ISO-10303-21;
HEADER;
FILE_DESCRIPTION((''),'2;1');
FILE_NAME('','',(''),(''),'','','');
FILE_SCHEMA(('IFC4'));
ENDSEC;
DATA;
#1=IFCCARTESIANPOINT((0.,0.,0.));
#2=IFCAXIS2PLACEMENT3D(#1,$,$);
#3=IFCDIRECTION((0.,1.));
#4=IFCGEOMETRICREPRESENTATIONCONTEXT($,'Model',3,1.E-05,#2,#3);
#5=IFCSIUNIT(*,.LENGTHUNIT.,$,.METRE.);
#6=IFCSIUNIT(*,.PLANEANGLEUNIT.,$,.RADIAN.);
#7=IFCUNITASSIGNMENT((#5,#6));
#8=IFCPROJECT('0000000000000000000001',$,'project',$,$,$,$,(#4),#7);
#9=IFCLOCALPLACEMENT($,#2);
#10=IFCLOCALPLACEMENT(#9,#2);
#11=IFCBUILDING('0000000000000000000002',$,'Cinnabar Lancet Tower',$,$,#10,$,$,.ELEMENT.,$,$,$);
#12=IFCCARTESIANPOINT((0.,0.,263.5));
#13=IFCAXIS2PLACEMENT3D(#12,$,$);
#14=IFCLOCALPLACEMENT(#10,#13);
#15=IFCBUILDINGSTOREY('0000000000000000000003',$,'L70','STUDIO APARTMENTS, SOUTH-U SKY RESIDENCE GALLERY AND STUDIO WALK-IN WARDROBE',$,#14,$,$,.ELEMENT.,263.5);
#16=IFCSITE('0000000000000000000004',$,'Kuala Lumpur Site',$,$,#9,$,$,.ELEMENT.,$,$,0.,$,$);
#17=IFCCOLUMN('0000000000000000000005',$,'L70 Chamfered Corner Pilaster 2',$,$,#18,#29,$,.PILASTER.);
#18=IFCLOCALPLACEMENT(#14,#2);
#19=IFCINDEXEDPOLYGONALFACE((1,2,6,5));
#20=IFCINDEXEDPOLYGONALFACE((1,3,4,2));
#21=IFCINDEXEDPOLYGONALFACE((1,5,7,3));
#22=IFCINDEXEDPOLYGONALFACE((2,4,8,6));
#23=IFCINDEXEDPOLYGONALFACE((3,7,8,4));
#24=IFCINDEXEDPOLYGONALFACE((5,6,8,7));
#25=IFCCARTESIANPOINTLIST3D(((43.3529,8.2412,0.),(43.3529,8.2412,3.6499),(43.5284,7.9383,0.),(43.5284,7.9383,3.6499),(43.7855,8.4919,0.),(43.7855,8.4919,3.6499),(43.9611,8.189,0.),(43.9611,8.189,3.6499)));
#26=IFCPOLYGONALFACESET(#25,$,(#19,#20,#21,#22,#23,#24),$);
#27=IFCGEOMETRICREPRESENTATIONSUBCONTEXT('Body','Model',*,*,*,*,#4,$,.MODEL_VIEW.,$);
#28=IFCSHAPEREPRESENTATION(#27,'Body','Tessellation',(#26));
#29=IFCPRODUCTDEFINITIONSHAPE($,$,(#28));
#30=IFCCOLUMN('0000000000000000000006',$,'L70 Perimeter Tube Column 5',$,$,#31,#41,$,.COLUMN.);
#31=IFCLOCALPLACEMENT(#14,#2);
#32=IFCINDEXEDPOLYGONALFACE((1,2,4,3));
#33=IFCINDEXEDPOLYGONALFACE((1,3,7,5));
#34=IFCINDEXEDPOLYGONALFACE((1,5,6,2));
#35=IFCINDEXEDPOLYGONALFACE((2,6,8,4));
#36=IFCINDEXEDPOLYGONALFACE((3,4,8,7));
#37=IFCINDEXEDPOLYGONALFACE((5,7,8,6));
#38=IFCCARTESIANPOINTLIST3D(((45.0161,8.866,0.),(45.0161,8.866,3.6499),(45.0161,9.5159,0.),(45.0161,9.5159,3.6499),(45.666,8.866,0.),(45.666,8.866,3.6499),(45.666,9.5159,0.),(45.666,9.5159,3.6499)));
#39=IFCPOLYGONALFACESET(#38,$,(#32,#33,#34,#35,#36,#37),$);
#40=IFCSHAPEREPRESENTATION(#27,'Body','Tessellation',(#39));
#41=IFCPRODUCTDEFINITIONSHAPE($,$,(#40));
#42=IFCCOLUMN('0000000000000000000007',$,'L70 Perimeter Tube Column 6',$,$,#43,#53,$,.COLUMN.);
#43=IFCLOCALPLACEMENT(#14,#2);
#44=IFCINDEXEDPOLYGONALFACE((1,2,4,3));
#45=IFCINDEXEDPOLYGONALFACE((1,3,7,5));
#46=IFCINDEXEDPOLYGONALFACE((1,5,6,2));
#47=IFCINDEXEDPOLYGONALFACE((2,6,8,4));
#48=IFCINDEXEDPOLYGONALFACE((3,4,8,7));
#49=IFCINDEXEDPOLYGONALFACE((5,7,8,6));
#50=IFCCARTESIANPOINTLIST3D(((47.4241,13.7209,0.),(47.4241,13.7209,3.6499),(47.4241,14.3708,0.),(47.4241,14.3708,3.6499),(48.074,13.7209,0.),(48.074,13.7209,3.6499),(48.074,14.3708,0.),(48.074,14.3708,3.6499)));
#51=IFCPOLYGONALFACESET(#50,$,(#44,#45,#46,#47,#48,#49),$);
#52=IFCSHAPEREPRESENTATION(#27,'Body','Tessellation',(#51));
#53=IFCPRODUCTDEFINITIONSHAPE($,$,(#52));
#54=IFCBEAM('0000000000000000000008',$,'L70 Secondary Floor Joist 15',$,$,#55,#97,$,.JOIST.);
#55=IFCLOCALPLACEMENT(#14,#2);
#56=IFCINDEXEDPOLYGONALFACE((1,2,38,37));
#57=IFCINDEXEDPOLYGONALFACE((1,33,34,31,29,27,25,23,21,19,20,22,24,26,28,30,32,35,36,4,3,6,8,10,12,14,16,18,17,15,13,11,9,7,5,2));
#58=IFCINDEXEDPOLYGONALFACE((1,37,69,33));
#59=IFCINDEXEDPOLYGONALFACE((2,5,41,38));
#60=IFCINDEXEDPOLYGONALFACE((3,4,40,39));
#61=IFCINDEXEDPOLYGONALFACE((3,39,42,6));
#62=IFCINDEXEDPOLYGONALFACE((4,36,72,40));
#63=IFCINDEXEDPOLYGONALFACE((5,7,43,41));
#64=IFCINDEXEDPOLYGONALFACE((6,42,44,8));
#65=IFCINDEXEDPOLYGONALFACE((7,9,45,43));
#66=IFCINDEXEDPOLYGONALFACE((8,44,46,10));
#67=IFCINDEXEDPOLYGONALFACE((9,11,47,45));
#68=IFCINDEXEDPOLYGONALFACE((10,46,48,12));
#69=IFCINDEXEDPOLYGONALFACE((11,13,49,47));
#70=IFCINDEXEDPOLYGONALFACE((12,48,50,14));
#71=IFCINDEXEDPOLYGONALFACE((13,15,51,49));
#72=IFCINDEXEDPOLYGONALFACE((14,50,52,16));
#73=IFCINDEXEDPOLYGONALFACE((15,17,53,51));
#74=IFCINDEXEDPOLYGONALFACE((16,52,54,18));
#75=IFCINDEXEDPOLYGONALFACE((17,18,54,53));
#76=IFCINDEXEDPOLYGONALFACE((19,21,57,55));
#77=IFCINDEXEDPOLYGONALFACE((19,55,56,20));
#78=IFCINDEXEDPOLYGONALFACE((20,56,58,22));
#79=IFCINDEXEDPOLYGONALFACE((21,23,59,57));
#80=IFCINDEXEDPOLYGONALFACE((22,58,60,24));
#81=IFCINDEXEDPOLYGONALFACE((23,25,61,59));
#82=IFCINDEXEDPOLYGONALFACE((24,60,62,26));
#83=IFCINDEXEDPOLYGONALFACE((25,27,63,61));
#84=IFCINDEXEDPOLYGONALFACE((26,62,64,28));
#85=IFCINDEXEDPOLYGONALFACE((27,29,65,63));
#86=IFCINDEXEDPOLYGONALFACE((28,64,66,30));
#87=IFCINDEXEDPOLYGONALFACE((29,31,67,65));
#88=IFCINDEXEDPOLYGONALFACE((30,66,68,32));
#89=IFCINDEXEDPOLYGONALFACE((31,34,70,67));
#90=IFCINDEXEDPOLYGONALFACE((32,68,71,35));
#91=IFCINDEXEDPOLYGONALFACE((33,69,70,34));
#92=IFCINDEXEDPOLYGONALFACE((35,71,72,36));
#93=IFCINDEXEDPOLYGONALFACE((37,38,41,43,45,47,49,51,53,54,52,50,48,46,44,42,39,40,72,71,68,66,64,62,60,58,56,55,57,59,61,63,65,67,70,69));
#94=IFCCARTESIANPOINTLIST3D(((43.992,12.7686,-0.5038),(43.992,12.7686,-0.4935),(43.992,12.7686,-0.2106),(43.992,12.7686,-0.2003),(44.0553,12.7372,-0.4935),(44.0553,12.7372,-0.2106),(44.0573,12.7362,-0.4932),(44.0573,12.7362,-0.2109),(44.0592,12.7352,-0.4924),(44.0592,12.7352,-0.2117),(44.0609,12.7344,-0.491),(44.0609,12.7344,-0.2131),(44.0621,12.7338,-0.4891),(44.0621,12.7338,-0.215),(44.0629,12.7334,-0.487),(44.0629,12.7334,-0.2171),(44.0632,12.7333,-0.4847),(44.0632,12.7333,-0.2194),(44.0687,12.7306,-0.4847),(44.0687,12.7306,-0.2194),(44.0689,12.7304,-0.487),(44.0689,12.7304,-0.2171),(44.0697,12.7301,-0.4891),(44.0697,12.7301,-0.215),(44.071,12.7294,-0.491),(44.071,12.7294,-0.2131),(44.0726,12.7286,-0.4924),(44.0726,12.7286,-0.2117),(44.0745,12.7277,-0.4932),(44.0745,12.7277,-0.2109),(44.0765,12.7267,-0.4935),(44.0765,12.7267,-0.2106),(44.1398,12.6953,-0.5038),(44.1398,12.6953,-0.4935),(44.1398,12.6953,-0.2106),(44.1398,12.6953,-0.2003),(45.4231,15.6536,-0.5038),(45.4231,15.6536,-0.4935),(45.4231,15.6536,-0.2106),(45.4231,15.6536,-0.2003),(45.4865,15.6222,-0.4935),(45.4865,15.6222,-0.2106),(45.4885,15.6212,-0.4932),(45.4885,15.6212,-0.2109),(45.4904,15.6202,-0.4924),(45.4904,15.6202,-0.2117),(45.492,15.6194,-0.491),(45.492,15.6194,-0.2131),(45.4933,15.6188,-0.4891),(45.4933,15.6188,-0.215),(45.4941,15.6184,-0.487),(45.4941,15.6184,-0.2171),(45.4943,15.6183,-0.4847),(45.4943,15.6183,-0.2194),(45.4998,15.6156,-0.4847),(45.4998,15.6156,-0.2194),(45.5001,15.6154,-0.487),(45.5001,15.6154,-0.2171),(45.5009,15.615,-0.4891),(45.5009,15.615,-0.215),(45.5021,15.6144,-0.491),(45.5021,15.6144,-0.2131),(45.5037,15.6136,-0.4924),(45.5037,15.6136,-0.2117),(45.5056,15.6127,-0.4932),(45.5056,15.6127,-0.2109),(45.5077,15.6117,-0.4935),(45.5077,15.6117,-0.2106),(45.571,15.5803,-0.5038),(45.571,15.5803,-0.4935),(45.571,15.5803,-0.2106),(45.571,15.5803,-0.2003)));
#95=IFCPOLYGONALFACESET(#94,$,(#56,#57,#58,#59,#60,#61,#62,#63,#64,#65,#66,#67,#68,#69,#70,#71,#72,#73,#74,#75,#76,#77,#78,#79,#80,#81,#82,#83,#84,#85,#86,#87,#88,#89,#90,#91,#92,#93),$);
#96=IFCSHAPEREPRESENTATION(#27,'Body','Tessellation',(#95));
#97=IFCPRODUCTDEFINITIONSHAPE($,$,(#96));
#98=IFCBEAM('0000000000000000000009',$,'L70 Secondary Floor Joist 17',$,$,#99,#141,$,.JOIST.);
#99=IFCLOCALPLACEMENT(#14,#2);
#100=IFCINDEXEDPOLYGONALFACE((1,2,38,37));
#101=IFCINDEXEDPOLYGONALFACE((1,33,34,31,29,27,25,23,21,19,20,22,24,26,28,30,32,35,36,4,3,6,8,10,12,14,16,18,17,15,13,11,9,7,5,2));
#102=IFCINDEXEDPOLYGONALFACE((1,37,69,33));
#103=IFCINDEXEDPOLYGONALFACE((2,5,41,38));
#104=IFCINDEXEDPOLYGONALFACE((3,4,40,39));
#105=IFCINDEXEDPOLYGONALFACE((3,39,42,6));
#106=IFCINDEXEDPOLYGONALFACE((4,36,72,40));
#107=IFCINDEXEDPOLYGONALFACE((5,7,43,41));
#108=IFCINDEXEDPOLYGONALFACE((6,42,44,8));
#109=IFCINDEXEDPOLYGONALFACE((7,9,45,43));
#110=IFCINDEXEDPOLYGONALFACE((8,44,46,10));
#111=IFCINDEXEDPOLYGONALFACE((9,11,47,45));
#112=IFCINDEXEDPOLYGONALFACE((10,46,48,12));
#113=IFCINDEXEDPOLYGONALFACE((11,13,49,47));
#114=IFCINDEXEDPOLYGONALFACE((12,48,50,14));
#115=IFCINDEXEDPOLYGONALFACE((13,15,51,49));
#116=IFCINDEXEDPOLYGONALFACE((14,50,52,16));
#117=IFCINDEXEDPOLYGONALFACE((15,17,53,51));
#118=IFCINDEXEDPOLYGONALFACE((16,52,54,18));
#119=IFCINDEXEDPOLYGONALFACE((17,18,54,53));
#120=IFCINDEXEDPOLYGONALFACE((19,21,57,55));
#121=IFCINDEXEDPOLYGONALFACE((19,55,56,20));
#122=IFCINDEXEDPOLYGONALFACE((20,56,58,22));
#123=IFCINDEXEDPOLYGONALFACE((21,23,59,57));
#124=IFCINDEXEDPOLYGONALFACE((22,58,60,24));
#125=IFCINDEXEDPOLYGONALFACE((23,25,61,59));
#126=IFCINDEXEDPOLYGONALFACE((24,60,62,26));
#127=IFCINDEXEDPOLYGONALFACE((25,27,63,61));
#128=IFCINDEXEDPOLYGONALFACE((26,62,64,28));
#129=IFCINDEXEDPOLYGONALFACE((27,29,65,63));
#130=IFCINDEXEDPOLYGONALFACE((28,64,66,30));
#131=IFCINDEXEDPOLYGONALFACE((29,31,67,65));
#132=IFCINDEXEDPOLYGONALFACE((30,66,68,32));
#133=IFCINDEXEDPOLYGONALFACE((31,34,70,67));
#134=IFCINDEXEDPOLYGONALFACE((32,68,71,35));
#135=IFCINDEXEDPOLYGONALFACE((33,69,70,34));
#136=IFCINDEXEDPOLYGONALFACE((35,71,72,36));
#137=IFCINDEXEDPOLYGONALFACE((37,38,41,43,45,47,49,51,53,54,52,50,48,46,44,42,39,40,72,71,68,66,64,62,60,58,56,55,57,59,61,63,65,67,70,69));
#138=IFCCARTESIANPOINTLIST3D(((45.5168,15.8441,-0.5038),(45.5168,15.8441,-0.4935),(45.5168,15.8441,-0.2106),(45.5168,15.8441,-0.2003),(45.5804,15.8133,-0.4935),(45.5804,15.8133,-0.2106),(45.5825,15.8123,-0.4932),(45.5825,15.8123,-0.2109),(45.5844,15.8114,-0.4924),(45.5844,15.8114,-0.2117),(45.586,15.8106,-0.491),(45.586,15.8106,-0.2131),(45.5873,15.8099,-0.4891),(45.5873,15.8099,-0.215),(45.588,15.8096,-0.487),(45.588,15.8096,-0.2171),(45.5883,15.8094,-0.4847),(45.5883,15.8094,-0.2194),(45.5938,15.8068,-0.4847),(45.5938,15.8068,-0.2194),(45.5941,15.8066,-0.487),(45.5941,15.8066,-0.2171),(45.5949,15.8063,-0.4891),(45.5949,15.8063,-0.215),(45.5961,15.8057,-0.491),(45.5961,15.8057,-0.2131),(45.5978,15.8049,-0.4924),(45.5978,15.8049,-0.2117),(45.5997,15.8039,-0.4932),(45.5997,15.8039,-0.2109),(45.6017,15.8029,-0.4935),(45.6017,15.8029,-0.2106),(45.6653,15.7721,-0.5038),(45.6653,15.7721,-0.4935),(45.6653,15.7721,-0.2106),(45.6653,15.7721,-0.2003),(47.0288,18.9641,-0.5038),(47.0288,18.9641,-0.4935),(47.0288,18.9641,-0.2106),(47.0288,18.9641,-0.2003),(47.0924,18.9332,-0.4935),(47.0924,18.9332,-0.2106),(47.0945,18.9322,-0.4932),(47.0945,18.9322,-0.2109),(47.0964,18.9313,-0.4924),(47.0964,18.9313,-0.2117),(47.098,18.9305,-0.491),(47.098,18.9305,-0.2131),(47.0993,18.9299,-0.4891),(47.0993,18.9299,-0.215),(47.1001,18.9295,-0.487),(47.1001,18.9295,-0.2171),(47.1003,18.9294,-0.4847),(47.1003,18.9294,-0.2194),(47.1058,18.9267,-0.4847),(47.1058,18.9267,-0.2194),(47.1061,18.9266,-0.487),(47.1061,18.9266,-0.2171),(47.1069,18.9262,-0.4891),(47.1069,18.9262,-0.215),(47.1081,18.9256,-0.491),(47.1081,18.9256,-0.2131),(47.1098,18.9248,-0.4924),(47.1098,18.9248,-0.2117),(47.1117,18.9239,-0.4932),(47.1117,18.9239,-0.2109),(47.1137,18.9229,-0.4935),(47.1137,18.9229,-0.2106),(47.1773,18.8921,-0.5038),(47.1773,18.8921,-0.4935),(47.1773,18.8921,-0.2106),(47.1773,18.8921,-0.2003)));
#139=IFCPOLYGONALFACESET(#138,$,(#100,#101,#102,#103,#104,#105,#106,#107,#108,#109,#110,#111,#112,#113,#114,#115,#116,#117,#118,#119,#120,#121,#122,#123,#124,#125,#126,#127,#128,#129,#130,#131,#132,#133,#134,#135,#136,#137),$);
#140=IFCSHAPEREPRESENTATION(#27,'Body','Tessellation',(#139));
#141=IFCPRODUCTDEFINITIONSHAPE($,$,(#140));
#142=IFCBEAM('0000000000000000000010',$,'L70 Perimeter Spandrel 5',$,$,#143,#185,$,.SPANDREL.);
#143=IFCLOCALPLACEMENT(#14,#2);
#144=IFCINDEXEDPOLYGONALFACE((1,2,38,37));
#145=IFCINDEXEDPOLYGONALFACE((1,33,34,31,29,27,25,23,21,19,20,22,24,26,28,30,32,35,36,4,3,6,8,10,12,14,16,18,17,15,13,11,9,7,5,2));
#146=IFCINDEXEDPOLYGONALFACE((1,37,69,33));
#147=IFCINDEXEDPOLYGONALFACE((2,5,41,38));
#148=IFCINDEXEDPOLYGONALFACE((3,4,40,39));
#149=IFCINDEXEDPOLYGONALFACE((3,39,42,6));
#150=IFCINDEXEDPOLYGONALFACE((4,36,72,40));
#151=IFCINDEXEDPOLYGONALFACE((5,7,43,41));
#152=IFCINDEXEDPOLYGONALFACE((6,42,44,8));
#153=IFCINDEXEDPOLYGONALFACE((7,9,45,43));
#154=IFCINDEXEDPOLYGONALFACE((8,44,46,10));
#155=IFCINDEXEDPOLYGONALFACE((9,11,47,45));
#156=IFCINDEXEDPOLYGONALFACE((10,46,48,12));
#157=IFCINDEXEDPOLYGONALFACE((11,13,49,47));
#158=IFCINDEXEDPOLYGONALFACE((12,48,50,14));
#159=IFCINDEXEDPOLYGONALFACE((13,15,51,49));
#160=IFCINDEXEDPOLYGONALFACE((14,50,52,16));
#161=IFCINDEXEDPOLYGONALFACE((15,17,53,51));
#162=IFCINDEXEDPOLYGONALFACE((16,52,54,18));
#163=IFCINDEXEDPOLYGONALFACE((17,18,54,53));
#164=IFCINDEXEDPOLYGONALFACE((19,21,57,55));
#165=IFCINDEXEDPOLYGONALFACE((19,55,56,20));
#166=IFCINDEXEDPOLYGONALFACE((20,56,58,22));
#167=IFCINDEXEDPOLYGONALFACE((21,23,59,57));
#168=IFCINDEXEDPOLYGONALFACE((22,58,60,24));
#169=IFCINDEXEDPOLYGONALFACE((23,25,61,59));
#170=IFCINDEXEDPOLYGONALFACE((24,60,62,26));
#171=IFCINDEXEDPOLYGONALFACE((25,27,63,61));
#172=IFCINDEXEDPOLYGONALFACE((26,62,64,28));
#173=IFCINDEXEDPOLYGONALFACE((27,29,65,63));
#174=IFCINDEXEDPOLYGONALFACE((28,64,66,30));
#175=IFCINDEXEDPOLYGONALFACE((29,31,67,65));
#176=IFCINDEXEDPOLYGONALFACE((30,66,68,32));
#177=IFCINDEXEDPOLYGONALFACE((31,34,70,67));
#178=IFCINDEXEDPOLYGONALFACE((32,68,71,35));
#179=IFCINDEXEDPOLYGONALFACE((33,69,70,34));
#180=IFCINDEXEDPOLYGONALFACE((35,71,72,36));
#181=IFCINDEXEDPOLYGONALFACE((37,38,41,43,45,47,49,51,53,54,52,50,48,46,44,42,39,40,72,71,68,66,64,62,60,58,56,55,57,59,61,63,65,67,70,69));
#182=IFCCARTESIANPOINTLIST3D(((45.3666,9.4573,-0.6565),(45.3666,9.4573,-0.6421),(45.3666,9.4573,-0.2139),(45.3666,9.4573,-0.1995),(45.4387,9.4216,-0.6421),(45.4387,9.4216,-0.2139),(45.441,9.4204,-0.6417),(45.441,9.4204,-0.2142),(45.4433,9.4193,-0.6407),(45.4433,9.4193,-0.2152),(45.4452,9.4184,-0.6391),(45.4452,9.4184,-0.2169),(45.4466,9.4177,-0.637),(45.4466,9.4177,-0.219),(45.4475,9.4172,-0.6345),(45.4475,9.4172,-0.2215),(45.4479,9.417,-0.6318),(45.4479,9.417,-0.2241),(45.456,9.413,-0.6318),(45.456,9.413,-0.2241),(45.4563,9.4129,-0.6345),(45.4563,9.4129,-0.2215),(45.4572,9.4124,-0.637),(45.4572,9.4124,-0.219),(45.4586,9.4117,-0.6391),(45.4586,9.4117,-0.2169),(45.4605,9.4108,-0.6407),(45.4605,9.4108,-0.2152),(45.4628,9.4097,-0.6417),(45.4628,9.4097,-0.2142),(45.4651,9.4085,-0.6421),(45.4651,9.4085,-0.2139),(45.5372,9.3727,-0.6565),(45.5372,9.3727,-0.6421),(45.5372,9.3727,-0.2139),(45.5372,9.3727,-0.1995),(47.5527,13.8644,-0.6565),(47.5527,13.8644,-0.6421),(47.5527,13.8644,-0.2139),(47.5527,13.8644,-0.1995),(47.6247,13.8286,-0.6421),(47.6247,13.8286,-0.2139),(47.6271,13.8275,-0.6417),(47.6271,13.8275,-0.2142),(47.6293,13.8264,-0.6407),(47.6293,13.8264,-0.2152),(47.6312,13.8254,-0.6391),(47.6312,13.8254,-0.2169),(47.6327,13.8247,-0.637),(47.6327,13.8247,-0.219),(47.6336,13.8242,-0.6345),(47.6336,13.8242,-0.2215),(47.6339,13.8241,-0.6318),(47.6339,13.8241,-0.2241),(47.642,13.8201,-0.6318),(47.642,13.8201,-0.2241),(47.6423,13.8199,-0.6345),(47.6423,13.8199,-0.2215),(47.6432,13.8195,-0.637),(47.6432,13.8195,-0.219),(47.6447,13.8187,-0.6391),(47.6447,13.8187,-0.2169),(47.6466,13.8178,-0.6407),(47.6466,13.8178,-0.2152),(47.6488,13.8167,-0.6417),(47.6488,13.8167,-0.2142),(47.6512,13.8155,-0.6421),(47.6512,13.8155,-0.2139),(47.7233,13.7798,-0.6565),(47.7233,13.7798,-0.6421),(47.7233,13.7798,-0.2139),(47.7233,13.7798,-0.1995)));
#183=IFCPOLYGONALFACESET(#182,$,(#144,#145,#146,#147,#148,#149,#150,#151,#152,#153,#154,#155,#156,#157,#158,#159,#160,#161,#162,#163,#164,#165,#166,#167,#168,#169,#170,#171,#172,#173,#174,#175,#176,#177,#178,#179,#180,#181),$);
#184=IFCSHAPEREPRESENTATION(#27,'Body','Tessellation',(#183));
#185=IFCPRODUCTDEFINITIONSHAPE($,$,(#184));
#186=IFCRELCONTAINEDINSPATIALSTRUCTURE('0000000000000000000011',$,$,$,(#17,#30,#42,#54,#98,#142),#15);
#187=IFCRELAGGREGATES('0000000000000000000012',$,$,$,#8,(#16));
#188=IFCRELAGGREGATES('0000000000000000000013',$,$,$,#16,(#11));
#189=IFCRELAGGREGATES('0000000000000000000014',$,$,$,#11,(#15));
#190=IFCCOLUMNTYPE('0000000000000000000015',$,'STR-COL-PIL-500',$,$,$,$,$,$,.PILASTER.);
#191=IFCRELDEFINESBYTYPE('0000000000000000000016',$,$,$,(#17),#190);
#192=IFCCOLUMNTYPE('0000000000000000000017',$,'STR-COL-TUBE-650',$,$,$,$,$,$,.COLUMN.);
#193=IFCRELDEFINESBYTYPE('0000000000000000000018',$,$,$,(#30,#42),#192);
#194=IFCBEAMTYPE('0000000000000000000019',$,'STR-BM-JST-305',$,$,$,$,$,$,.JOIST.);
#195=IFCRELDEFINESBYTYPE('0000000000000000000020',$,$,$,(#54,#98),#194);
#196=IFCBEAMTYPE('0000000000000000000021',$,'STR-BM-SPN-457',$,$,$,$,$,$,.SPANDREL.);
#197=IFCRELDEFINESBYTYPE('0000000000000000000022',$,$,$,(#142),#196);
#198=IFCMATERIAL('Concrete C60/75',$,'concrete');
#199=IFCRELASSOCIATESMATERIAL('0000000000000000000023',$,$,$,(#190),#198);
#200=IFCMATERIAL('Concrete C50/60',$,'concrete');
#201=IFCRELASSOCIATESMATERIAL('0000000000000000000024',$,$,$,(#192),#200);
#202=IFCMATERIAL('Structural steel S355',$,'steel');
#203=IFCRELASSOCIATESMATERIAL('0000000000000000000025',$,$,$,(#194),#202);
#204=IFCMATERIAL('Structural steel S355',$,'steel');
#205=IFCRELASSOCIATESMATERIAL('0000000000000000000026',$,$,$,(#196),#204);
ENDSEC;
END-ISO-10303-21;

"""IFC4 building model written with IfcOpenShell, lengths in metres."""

from ifc_helpers import new_model, si_unit, direction, frame, origin, origin_2d, place, context, subcontext, project, spatial, rectangle, i_section, extrude, material, material_profile, profile_set, type_object, element, save


model = new_model("IFC4")

# Units and contexts
model_context = context("Model", 3, precision=1e-05, world=origin(), true_north=direction((0.0, 1.0)))
body_context = subcontext(model_context, "Body", "Model", "MODEL_VIEW")
ifc_project = project(units=[si_unit("LENGTHUNIT", "METRE"), si_unit("PLANEANGLEUNIT", "RADIAN")], contexts=[model_context])

# Site, building, storey
site_placement = place(None, origin())
site = spatial("IfcSite", under=ifc_project, at=site_placement, Name="Kuala Lumpur Site", CompositionType="ELEMENT", RefElevation=0.0)
building_placement = place(site_placement, origin())
building = spatial("IfcBuilding", under=site, at=building_placement, Name="Cinnabar Lancet Tower", CompositionType="ELEMENT")
storey_placement = place(building_placement, frame((0.0, 0.0, 263.5)))
storey = spatial("IfcBuildingStorey", under=building, at=storey_placement, Name="L70", Description="STUDIO APARTMENTS, SOUTH-U SKY RESIDENCE GALLERY AND STUDIO WALK-IN WARDROBE", CompositionType="ELEMENT", Elevation=263.5)

# Columns
ifc_material_1 = material(Name="Concrete C60/75", Category="concrete")
ifc_material_profile_1 = material_profile(ifc_material_1, rectangle(XDim=0.5, YDim=0.3501, at=origin_2d()), Name="RC-PIL 500x350")
ifc_profile_set_1 = profile_set([ifc_material_profile_1], Name="Concrete C60/75")
column_type_1 = type_object("IfcColumnType", Name="STR-COL-PIL-500", PredefinedType="PILASTER", material=ifc_profile_set_1)
column_placement = place(storey_placement, frame((43.657, 8.2151, 0.0), z_axis=(0.0, 0.0, 1.0), x_axis=(0.865256, 0.50133, 0.0)))
element("IfcColumn", 1, at=column_placement, inside=storey, type_object=column_type_1, Name="L70 Chamfered Corner Pilaster 2", PredefinedType="PILASTER", context=body_context, shape_type="SweptSolid", body=[
    extrude(rectangle(XDim=0.5, YDim=0.3501, at=origin_2d()), origin(), (0.0, 0.0, 1.0), 3.6499),
])
ifc_material_2 = material(Name="Concrete C50/60", Category="concrete")
ifc_material_profile_2 = material_profile(ifc_material_2, rectangle(XDim=0.6499, YDim=0.6499, at=origin_2d()), Name="RC-COL 650x650")
ifc_profile_set_2 = profile_set([ifc_material_profile_2], Name="Concrete C50/60")
column_type_2 = type_object("IfcColumnType", Name="STR-COL-TUBE-650", PredefinedType="COLUMN", material=ifc_profile_set_2)
for number, where, z_axis, x_axis, name in (
    (2, (45.3411, 9.1909, 0.0), (0.0, 0.0, 1.0), (1.0, 0.0, 0.0), "L70 Perimeter Tube Column 5"),
    (3, (47.749, 14.0459, 0.0), (0.0, 0.0, 1.0), (1.0, 0.0, 0.0), "L70 Perimeter Tube Column 6"),
):
    element("IfcColumn", number, at=place(storey_placement, frame(where, z_axis=z_axis, x_axis=x_axis)), inside=storey, type_object=column_type_2, Name=name, PredefinedType="COLUMN", context=body_context, shape_type="SweptSolid", body=[
        extrude(rectangle(XDim=0.6499, YDim=0.6499, at=origin_2d()), origin(), (0.0, 0.0, 1.0), 3.6499),
    ])

# Beams
ifc_material_3 = material(Name="Structural steel S355", Category="steel")
ifc_material_profile_3 = material_profile(ifc_material_3, i_section(OverallWidth=0.165, OverallDepth=0.3035, WebThickness=0.0061, FlangeThickness=0.0103, FilletRadius=0.0088, at=origin_2d()), Name="UKB 305x165x40")
ifc_profile_set_3 = profile_set([ifc_material_profile_3], Name="Structural steel S355")
beam_type_1 = type_object("IfcBeamType", Name="STR-BM-JST-305", PredefinedType="JOIST", material=ifc_profile_set_3)
beam_1_placement = place(storey_placement, frame((44.0659, 12.7319, -0.3521), z_axis=(0.444391, 0.895833, 0.0), x_axis=(-0.895833, 0.444391, 0.0)))
element("IfcBeam", 4, at=beam_1_placement, inside=storey, type_object=beam_type_1, Name="L70 Secondary Floor Joist 15", PredefinedType="JOIST", context=body_context, shape_type="SweptSolid", body=[
    extrude(i_section(OverallWidth=0.165, OverallDepth=0.3035, WebThickness=0.0061, FlangeThickness=0.0103, FilletRadius=0.0088, at=origin_2d()), origin(), (0.0, 0.0, 1.0), 3.2205),
])
beam_2_placement = place(storey_placement, frame((45.5911, 15.8081, -0.3521), z_axis=(0.436109, 0.899894, 0.0), x_axis=(-0.899894, 0.436109, 0.0)))
element("IfcBeam", 5, at=beam_2_placement, inside=storey, type_object=beam_type_1, Name="L70 Secondary Floor Joist 17", PredefinedType="JOIST", context=body_context, shape_type="SweptSolid", body=[
    extrude(i_section(OverallWidth=0.165, OverallDepth=0.3035, WebThickness=0.0061, FlangeThickness=0.0103, FilletRadius=0.0088, at=origin_2d()), origin(), (0.0, 0.0, 1.0), 3.467),
])
ifc_material_4 = material(Name="Structural steel S355", Category="steel")
ifc_material_profile_4 = material_profile(ifc_material_4, i_section(OverallWidth=0.1904, OverallDepth=0.457, WebThickness=0.009, FlangeThickness=0.0144, FilletRadius=0.0103, at=origin_2d()), Name="UKB 457x191x74")
ifc_profile_set_4 = profile_set([ifc_material_profile_4], Name="Structural steel S355")
beam_type_2 = type_object("IfcBeamType", Name="STR-BM-SPN-457", PredefinedType="SPANDREL", material=ifc_profile_set_4)
beam_3_placement = place(storey_placement, frame((45.4519, 9.415, -0.428), z_axis=(0.444373, 0.895842, 0.0), x_axis=(-0.895842, 0.444373, 0.0)))
element("IfcBeam", 6, at=beam_3_placement, inside=storey, type_object=beam_type_2, Name="L70 Perimeter Spandrel 5", PredefinedType="SPANDREL", context=body_context, shape_type="SweptSolid", body=[
    extrude(i_section(OverallWidth=0.1904, OverallDepth=0.457, WebThickness=0.009, FlangeThickness=0.0144, FilletRadius=0.0103, at=origin_2d()), origin(), (0.0, 0.0, 1.0), 4.9194),
])

save(model, "model.ifc")
